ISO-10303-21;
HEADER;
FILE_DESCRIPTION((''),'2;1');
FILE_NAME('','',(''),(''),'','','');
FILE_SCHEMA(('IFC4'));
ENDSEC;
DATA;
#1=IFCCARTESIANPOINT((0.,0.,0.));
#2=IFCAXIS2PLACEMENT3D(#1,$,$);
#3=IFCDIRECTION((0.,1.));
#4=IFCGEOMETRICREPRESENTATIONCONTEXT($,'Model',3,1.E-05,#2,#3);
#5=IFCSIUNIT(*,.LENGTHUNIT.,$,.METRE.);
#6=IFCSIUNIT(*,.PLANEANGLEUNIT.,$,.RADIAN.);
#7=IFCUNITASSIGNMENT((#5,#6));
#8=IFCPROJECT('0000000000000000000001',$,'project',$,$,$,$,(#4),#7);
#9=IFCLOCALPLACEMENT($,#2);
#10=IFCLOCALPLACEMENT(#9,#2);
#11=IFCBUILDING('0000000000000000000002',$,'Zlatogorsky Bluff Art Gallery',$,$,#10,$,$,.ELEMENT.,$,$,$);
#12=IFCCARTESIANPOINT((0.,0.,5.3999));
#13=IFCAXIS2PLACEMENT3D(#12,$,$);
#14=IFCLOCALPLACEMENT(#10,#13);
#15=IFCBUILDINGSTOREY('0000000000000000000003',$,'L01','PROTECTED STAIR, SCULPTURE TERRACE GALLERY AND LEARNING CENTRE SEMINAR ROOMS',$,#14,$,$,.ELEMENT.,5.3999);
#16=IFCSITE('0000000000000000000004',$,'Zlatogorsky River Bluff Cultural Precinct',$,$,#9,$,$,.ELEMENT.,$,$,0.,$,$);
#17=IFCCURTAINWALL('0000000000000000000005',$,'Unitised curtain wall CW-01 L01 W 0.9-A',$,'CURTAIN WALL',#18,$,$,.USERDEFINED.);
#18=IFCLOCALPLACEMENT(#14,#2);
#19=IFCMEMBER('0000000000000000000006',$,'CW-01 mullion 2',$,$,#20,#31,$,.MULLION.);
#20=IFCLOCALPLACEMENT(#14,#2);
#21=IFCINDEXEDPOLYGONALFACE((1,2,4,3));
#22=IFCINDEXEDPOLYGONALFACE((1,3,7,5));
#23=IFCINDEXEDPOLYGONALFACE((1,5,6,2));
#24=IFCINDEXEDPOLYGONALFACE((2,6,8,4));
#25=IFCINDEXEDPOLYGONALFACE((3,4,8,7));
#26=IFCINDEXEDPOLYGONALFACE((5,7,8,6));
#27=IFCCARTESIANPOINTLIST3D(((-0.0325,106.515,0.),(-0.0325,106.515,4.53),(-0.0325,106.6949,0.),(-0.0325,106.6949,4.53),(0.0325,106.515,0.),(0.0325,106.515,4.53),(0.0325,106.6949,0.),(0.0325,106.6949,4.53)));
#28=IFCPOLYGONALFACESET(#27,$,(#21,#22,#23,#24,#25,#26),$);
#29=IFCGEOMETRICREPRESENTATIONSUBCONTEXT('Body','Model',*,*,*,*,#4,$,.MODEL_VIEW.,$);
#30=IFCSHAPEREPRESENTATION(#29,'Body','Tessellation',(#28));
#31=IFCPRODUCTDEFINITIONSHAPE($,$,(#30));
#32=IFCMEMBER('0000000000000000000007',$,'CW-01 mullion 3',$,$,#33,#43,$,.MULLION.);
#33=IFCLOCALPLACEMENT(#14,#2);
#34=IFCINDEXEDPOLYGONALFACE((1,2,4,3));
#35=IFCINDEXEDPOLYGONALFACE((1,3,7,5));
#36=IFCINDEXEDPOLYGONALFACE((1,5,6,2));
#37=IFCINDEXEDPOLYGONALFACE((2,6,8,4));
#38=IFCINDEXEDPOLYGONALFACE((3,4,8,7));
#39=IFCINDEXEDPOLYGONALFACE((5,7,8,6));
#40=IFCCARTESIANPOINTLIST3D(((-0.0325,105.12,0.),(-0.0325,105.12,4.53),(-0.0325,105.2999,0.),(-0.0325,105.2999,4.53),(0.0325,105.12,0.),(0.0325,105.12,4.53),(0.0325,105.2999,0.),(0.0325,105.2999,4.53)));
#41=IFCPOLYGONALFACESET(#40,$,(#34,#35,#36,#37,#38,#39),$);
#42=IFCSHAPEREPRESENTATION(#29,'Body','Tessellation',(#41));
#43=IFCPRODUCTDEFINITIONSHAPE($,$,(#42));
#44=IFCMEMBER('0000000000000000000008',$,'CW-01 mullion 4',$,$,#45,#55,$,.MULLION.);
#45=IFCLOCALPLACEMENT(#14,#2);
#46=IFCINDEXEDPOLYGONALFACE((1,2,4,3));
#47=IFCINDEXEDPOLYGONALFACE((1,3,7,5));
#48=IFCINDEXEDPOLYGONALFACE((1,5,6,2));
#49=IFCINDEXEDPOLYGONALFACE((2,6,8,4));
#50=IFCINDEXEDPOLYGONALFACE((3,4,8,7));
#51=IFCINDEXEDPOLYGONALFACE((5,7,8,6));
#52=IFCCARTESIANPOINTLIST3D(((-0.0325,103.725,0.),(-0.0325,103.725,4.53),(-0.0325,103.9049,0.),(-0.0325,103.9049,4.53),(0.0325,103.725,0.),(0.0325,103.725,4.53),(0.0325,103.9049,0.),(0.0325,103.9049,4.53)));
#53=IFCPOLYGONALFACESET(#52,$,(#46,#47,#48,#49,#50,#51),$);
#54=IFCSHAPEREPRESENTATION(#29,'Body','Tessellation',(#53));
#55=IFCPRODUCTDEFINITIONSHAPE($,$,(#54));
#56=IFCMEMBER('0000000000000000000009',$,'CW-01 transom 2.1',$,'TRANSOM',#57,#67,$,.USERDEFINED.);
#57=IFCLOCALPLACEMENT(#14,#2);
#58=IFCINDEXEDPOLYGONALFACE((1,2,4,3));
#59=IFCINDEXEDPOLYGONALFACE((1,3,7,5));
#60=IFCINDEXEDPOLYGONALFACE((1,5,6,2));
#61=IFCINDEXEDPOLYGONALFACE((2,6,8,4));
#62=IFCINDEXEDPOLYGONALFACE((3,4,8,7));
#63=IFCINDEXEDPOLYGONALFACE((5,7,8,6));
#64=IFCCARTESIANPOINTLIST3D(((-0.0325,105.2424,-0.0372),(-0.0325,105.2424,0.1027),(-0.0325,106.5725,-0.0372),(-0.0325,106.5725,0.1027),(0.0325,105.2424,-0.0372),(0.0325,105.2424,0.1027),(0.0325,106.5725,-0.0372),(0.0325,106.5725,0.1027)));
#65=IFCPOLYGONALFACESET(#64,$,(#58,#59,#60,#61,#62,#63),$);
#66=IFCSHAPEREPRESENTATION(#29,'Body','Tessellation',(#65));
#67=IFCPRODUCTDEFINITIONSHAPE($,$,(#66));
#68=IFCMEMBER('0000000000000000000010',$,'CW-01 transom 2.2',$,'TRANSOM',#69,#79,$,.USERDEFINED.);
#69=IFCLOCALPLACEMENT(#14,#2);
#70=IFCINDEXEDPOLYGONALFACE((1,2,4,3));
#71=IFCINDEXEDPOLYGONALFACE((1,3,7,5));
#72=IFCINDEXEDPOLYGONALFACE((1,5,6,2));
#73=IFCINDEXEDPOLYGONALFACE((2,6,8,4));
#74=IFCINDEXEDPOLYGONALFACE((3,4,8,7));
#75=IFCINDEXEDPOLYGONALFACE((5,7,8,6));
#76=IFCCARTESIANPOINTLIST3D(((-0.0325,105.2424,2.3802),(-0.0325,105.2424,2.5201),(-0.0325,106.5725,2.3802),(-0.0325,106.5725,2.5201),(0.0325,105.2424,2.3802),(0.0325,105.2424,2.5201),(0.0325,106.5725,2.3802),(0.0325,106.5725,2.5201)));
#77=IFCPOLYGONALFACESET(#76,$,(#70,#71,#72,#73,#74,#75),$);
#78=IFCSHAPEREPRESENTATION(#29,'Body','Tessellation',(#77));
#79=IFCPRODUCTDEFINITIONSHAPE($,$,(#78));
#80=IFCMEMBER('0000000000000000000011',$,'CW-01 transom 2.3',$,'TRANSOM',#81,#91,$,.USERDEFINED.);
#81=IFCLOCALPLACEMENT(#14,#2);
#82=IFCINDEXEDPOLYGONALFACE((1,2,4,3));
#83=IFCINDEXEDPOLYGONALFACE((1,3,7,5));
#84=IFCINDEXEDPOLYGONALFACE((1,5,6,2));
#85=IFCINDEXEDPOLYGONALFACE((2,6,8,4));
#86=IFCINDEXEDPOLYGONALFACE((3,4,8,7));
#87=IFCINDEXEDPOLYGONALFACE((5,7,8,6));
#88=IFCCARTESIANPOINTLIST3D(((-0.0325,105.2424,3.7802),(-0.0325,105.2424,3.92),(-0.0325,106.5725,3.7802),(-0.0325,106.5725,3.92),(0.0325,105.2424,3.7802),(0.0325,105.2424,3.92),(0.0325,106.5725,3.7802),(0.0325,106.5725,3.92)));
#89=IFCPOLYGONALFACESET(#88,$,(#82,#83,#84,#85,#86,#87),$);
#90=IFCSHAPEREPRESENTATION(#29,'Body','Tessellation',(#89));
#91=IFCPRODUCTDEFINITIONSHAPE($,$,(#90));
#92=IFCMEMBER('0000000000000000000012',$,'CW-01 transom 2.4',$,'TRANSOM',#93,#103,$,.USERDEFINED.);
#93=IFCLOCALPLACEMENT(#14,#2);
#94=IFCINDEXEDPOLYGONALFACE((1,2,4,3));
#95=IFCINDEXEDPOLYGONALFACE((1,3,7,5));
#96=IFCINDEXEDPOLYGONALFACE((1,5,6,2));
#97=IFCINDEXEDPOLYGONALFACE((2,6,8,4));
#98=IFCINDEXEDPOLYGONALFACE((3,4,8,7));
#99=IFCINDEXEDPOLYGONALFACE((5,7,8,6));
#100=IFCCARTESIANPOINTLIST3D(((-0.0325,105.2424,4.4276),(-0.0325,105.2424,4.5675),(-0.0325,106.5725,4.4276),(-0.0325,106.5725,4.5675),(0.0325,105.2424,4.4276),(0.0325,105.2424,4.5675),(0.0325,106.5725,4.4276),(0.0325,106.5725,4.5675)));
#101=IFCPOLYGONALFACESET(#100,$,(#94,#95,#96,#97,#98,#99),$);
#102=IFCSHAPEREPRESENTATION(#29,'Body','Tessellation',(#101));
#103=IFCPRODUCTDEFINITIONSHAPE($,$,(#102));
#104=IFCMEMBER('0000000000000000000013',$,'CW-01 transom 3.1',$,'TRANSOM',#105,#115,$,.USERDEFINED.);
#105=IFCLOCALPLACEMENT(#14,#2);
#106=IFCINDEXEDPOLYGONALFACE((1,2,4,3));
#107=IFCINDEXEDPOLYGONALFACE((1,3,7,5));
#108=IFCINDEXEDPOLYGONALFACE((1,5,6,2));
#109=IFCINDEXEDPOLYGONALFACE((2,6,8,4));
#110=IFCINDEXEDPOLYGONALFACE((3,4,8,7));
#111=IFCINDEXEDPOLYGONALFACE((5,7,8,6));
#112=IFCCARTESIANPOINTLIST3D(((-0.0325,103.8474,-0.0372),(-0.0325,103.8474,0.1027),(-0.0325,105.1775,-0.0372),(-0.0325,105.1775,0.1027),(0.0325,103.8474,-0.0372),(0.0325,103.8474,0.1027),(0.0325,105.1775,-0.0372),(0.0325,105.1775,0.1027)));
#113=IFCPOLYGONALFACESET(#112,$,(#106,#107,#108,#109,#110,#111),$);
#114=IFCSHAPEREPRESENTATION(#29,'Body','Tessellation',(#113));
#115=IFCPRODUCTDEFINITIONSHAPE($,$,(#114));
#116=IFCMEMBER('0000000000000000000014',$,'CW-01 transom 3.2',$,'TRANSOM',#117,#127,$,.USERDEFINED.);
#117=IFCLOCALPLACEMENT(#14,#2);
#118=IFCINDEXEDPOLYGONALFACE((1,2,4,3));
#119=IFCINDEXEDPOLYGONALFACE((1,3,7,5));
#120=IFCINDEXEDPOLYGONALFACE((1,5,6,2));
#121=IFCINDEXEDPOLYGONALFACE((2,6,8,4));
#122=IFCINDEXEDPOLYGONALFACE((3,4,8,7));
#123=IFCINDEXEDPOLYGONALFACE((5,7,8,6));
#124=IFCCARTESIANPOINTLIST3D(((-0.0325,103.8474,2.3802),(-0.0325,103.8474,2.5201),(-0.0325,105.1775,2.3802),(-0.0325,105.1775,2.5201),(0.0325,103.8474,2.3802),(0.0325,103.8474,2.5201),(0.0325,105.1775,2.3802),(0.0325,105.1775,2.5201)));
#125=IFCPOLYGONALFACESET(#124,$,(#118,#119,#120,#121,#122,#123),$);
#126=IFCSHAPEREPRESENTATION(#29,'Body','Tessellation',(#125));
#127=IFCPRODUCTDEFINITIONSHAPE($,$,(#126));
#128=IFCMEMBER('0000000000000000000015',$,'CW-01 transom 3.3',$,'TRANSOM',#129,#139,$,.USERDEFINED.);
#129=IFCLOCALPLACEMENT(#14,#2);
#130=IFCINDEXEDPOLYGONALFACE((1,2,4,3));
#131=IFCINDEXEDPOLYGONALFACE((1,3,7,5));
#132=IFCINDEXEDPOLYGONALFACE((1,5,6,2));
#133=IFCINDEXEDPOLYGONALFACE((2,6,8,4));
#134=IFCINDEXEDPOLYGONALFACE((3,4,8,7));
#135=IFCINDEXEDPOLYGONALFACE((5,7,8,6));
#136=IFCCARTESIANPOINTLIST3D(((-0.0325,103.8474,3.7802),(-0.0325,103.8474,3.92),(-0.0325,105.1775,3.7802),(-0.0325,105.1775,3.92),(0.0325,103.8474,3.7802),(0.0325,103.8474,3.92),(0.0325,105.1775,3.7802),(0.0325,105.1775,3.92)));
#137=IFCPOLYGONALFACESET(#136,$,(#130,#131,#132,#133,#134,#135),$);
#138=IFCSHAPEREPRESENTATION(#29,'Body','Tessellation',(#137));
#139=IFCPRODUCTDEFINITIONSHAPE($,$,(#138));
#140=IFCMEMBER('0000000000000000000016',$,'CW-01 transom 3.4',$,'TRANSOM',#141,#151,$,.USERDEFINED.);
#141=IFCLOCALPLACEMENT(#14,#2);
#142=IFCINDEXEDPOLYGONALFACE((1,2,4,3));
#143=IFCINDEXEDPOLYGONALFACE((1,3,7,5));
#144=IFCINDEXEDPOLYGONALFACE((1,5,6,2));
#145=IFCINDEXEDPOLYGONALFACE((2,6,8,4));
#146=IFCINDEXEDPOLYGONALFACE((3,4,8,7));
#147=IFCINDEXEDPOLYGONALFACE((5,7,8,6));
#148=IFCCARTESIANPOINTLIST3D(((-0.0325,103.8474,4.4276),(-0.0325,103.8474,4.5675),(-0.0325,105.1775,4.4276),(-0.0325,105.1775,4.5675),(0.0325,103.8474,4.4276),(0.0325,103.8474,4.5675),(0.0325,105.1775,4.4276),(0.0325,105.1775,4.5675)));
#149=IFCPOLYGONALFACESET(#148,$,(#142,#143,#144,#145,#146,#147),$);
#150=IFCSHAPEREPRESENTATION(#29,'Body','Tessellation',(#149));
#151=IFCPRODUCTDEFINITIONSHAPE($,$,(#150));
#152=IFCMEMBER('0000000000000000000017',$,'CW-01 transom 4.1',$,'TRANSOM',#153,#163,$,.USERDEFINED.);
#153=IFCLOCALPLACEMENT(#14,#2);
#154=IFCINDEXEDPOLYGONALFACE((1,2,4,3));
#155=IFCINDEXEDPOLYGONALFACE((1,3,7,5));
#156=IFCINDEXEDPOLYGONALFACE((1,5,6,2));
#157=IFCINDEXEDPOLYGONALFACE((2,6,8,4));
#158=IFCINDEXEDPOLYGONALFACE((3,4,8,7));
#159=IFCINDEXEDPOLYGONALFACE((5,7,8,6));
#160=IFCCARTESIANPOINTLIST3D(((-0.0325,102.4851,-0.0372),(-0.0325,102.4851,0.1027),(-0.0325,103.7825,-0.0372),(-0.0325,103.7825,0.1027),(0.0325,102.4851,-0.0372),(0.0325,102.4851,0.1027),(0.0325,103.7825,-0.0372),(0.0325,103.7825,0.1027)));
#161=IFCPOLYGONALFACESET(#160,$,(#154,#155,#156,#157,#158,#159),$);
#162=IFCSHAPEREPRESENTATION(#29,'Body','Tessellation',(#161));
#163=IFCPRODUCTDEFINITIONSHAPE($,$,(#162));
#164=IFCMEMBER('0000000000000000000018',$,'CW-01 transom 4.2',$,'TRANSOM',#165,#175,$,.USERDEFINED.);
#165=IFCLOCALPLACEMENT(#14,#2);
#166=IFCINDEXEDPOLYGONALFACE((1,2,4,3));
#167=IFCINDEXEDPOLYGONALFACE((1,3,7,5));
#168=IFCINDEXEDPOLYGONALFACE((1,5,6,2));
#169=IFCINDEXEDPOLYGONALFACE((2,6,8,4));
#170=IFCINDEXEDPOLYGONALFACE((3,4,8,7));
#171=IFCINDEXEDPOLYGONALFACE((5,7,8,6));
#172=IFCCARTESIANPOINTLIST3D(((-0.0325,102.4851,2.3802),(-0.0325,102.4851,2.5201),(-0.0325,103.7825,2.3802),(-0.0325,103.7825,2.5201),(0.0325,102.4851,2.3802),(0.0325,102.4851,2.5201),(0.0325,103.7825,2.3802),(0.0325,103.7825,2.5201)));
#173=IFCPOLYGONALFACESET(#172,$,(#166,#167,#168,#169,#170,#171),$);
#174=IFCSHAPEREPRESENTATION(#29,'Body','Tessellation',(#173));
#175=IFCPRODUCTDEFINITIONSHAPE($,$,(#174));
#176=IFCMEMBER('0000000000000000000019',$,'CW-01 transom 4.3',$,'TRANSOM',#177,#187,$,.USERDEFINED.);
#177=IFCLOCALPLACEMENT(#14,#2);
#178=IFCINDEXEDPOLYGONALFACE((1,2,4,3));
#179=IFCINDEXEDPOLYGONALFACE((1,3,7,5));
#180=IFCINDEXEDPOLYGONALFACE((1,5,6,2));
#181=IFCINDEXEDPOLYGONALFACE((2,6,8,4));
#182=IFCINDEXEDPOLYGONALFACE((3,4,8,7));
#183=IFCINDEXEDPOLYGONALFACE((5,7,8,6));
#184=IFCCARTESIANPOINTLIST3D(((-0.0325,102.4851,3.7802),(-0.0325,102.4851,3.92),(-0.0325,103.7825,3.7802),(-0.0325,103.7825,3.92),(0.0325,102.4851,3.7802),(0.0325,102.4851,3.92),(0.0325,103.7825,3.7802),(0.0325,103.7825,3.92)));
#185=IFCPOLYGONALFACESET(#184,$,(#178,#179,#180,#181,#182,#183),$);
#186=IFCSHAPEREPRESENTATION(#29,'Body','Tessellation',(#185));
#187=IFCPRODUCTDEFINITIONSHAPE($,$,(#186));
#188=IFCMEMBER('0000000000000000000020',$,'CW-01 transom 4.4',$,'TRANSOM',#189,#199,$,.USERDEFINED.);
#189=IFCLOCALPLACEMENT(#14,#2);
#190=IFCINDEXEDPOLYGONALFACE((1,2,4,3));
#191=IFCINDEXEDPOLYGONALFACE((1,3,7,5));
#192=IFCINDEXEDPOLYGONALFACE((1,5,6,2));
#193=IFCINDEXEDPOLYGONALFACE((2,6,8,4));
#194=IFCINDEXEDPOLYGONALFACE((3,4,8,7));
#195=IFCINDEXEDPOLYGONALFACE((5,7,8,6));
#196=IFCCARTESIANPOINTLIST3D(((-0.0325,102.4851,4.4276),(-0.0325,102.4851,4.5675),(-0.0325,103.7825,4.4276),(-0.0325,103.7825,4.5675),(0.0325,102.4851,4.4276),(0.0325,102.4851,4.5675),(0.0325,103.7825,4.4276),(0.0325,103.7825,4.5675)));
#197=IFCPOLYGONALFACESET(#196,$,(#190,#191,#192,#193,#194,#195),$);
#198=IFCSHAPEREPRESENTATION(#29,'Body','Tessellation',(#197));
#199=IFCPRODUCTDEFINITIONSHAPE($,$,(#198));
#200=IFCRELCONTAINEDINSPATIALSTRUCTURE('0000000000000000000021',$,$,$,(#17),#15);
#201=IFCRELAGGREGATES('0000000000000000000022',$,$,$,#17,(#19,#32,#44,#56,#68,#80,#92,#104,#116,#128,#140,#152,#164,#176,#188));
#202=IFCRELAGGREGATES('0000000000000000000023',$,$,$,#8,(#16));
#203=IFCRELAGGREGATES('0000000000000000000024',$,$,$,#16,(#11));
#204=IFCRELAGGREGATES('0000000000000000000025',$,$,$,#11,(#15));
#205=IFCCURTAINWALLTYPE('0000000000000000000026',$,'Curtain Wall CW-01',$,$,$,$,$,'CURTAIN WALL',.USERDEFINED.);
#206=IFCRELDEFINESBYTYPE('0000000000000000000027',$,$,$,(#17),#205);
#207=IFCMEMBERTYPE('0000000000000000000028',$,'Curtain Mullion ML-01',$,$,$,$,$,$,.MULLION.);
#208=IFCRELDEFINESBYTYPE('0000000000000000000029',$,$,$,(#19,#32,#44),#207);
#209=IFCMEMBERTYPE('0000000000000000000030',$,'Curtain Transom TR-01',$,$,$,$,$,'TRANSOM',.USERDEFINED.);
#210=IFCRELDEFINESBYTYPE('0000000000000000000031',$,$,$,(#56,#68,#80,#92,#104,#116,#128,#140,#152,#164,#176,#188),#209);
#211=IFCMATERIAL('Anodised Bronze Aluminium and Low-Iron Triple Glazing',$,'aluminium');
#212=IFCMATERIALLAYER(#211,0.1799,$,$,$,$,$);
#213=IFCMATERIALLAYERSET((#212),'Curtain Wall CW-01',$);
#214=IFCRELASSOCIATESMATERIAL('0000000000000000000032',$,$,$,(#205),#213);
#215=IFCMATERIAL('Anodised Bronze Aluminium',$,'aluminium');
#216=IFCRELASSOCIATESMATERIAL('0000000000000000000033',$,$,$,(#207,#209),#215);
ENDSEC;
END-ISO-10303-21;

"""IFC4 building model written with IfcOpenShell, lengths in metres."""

from ifc_helpers import new_model, si_unit, direction, frame, origin, origin_2d, place, context, subcontext, project, spatial, rectangle, extrude, material, layer, layer_set, material_profile, profile_set, type_object, element, aggregate, save


model = new_model("IFC4")

# Units and contexts
model_context = context("Model", 3, precision=1e-05, world=origin(), true_north=direction((0.0, 1.0)))
body_context = subcontext(model_context, "Body", "Model", "MODEL_VIEW")
ifc_project = project(units=[si_unit("LENGTHUNIT", "METRE"), si_unit("PLANEANGLEUNIT", "RADIAN")], contexts=[model_context])

# Site, building, storey
site_placement = place(None, origin())
site = spatial("IfcSite", under=ifc_project, at=site_placement, Name="Zlatogorsky River Bluff Cultural Precinct", CompositionType="ELEMENT", RefElevation=0.0)
building_placement = place(site_placement, origin())
building = spatial("IfcBuilding", under=site, at=building_placement, Name="Zlatogorsky Bluff Art Gallery", CompositionType="ELEMENT")
storey_placement = place(building_placement, frame((0.0, 0.0, 5.3999)))
storey = spatial("IfcBuildingStorey", under=building, at=storey_placement, Name="L01", Description="PROTECTED STAIR, SCULPTURE TERRACE GALLERY AND LEARNING CENTRE SEMINAR ROOMS", CompositionType="ELEMENT", Elevation=5.3999)

# Curtain wall, members
ifc_material_1 = material(Name="Anodised Bronze Aluminium and Low-Iron Triple Glazing", Category="aluminium")
ifc_layer_1 = layer(ifc_material_1, 0.1799)
ifc_layer_set_1 = layer_set([ifc_layer_1], Name="Curtain Wall CW-01")
curtain_wall_type = type_object("IfcCurtainWallType", Name="Curtain Wall CW-01", ElementType="CURTAIN WALL", PredefinedType="USERDEFINED", material=ifc_layer_set_1)
curtain_wall_placement = place(storey_placement, origin())
curtain_wall = element("IfcCurtainWall", 1, at=curtain_wall_placement, inside=storey, type_object=curtain_wall_type, Name="Unitised curtain wall CW-01 L01 W 0.9-A", ObjectType="CURTAIN WALL", PredefinedType="USERDEFINED")
ifc_material_2 = material(Name="Anodised Bronze Aluminium", Category="aluminium")
ifc_material_profile_1 = material_profile(ifc_material_2, rectangle(XDim=0.0649, YDim=0.1799, at=origin_2d()), Name="ALU MULLION 65x180")
ifc_profile_set_1 = profile_set([ifc_material_profile_1], Name="Anodised Bronze Aluminium")
member_type_1 = type_object("IfcMemberType", Name="Curtain Mullion ML-01", PredefinedType="MULLION", material=ifc_profile_set_1)
member_1_placement = place(storey_placement, frame((0.0, 106.605, 0.0), z_axis=(0.0, 0.0, 1.0), x_axis=(1.0, 0.0, 0.0)))
member_1 = element("IfcMember", 2, at=member_1_placement, type_object=member_type_1, Name="CW-01 mullion 2", PredefinedType="MULLION", context=body_context, shape_type="SweptSolid", body=[
    extrude(rectangle(XDim=0.0649, YDim=0.1799, at=origin_2d()), origin(), (0.0, 0.0, 1.0), 4.53),
])
member_2_placement = place(storey_placement, frame((0.0, 105.21, 0.0), z_axis=(0.0, 0.0, 1.0), x_axis=(1.0, 0.0, 0.0)))
member_2 = element("IfcMember", 3, at=member_2_placement, type_object=member_type_1, Name="CW-01 mullion 3", PredefinedType="MULLION", context=body_context, shape_type="SweptSolid", body=[
    extrude(rectangle(XDim=0.0649, YDim=0.1799, at=origin_2d()), origin(), (0.0, 0.0, 1.0), 4.53),
])
member_3_placement = place(storey_placement, frame((0.0, 103.8149, 0.0), z_axis=(0.0, 0.0, 1.0), x_axis=(1.0, 0.0, 0.0)))
member_3 = element("IfcMember", 4, at=member_3_placement, type_object=member_type_1, Name="CW-01 mullion 4", PredefinedType="MULLION", context=body_context, shape_type="SweptSolid", body=[
    extrude(rectangle(XDim=0.0649, YDim=0.1799, at=origin_2d()), origin(), (0.0, 0.0, 1.0), 4.53),
])
ifc_material_profile_2 = material_profile(ifc_material_2, rectangle(XDim=0.0649, YDim=0.1399, at=origin_2d()), Name="ALU TRANSOM 65x140")
ifc_profile_set_2 = profile_set([ifc_material_profile_2], Name="Anodised Bronze Aluminium")
member_type_2 = type_object("IfcMemberType", Name="Curtain Transom TR-01", ElementType="TRANSOM", PredefinedType="USERDEFINED", material=ifc_profile_set_2)
member_4_placement = place(storey_placement, frame((0.0, 106.5725, 0.0327), z_axis=(0.0, -1.0, 0.0), x_axis=(1.0, 0.0, 0.0)))
member_4 = element("IfcMember", 5, at=member_4_placement, type_object=member_type_2, Name="CW-01 transom 2.1", ObjectType="TRANSOM", PredefinedType="USERDEFINED", context=body_context, shape_type="SweptSolid", body=[
    extrude(rectangle(XDim=0.0649, YDim=0.1399, at=origin_2d()), origin(), (0.0, 0.0, 1.0), 1.3301),
])
member_5_placement = place(storey_placement, frame((0.0, 106.5725, 2.4502), z_axis=(0.0, -1.0, 0.0), x_axis=(1.0, 0.0, 0.0)))
member_5 = element("IfcMember", 6, at=member_5_placement, type_object=member_type_2, Name="CW-01 transom 2.2", ObjectType="TRANSOM", PredefinedType="USERDEFINED", context=body_context, shape_type="SweptSolid", body=[
    extrude(rectangle(XDim=0.0649, YDim=0.1399, at=origin_2d()), origin(), (0.0, 0.0, 1.0), 1.3301),
])
member_6_placement = place(storey_placement, frame((0.0, 106.5725, 3.8501), z_axis=(0.0, -1.0, 0.0), x_axis=(1.0, 0.0, 0.0)))
member_6 = element("IfcMember", 7, at=member_6_placement, type_object=member_type_2, Name="CW-01 transom 2.3", ObjectType="TRANSOM", PredefinedType="USERDEFINED", context=body_context, shape_type="SweptSolid", body=[
    extrude(rectangle(XDim=0.0649, YDim=0.1399, at=origin_2d()), origin(), (0.0, 0.0, 1.0), 1.3301),
])
member_7_placement = place(storey_placement, frame((0.0, 106.5725, 4.4976), z_axis=(0.0, -1.0, 0.0), x_axis=(1.0, 0.0, 0.0)))
member_7 = element("IfcMember", 8, at=member_7_placement, type_object=member_type_2, Name="CW-01 transom 2.4", ObjectType="TRANSOM", PredefinedType="USERDEFINED", context=body_context, shape_type="SweptSolid", body=[
    extrude(rectangle(XDim=0.0649, YDim=0.1399, at=origin_2d()), origin(), (0.0, 0.0, 1.0), 1.3301),
])
member_8_placement = place(storey_placement, frame((0.0, 105.1775, 0.0327), z_axis=(0.0, -1.0, 0.0), x_axis=(1.0, 0.0, 0.0)))
member_8 = element("IfcMember", 9, at=member_8_placement, type_object=member_type_2, Name="CW-01 transom 3.1", ObjectType="TRANSOM", PredefinedType="USERDEFINED", context=body_context, shape_type="SweptSolid", body=[
    extrude(rectangle(XDim=0.0649, YDim=0.1399, at=origin_2d()), origin(), (0.0, 0.0, 1.0), 1.3301),
])
member_9_placement = place(storey_placement, frame((0.0, 105.1775, 2.4502), z_axis=(0.0, -1.0, 0.0), x_axis=(1.0, 0.0, 0.0)))
member_9 = element("IfcMember", 10, at=member_9_placement, type_object=member_type_2, Name="CW-01 transom 3.2", ObjectType="TRANSOM", PredefinedType="USERDEFINED", context=body_context, shape_type="SweptSolid", body=[
    extrude(rectangle(XDim=0.0649, YDim=0.1399, at=origin_2d()), origin(), (0.0, 0.0, 1.0), 1.3301),
])
member_10_placement = place(storey_placement, frame((0.0, 105.1775, 3.8501), z_axis=(0.0, -1.0, 0.0), x_axis=(1.0, 0.0, 0.0)))
member_10 = element("IfcMember", 11, at=member_10_placement, type_object=member_type_2, Name="CW-01 transom 3.3", ObjectType="TRANSOM", PredefinedType="USERDEFINED", context=body_context, shape_type="SweptSolid", body=[
    extrude(rectangle(XDim=0.0649, YDim=0.1399, at=origin_2d()), origin(), (0.0, 0.0, 1.0), 1.3301),
])
member_11_placement = place(storey_placement, frame((0.0, 105.1775, 4.4976), z_axis=(0.0, -1.0, 0.0), x_axis=(1.0, 0.0, 0.0)))
member_11 = element("IfcMember", 12, at=member_11_placement, type_object=member_type_2, Name="CW-01 transom 3.4", ObjectType="TRANSOM", PredefinedType="USERDEFINED", context=body_context, shape_type="SweptSolid", body=[
    extrude(rectangle(XDim=0.0649, YDim=0.1399, at=origin_2d()), origin(), (0.0, 0.0, 1.0), 1.3301),
])
member_12_placement = place(storey_placement, frame((0.0, 103.7825, 0.0327), z_axis=(0.0, -1.0, 0.0), x_axis=(1.0, 0.0, 0.0)))
member_12 = element("IfcMember", 13, at=member_12_placement, type_object=member_type_2, Name="CW-01 transom 4.1", ObjectType="TRANSOM", PredefinedType="USERDEFINED", context=body_context, shape_type="SweptSolid", body=[
    extrude(rectangle(XDim=0.0649, YDim=0.1399, at=origin_2d()), origin(), (0.0, 0.0, 1.0), 1.2974),
])
member_13_placement = place(storey_placement, frame((0.0, 103.7825, 2.4502), z_axis=(0.0, -1.0, 0.0), x_axis=(1.0, 0.0, 0.0)))
member_13 = element("IfcMember", 14, at=member_13_placement, type_object=member_type_2, Name="CW-01 transom 4.2", ObjectType="TRANSOM", PredefinedType="USERDEFINED", context=body_context, shape_type="SweptSolid", body=[
    extrude(rectangle(XDim=0.0649, YDim=0.1399, at=origin_2d()), origin(), (0.0, 0.0, 1.0), 1.2974),
])
member_14_placement = place(storey_placement, frame((0.0, 103.7825, 3.8501), z_axis=(0.0, -1.0, 0.0), x_axis=(1.0, 0.0, 0.0)))
member_14 = element("IfcMember", 15, at=member_14_placement, type_object=member_type_2, Name="CW-01 transom 4.3", ObjectType="TRANSOM", PredefinedType="USERDEFINED", context=body_context, shape_type="SweptSolid", body=[
    extrude(rectangle(XDim=0.0649, YDim=0.1399, at=origin_2d()), origin(), (0.0, 0.0, 1.0), 1.2974),
])
member_15_placement = place(storey_placement, frame((0.0, 103.7825, 4.4976), z_axis=(0.0, -1.0, 0.0), x_axis=(1.0, 0.0, 0.0)))
member_15 = element("IfcMember", 16, at=member_15_placement, type_object=member_type_2, Name="CW-01 transom 4.4", ObjectType="TRANSOM", PredefinedType="USERDEFINED", context=body_context, shape_type="SweptSolid", body=[
    extrude(rectangle(XDim=0.0649, YDim=0.1399, at=origin_2d()), origin(), (0.0, 0.0, 1.0), 1.2974),
])
aggregate(curtain_wall, [member_1, member_2, member_3, member_4, member_5, member_6, member_7, member_8, member_9, member_10, member_11, member_12, member_13, member_14, member_15])

save(model, "model.ifc")
